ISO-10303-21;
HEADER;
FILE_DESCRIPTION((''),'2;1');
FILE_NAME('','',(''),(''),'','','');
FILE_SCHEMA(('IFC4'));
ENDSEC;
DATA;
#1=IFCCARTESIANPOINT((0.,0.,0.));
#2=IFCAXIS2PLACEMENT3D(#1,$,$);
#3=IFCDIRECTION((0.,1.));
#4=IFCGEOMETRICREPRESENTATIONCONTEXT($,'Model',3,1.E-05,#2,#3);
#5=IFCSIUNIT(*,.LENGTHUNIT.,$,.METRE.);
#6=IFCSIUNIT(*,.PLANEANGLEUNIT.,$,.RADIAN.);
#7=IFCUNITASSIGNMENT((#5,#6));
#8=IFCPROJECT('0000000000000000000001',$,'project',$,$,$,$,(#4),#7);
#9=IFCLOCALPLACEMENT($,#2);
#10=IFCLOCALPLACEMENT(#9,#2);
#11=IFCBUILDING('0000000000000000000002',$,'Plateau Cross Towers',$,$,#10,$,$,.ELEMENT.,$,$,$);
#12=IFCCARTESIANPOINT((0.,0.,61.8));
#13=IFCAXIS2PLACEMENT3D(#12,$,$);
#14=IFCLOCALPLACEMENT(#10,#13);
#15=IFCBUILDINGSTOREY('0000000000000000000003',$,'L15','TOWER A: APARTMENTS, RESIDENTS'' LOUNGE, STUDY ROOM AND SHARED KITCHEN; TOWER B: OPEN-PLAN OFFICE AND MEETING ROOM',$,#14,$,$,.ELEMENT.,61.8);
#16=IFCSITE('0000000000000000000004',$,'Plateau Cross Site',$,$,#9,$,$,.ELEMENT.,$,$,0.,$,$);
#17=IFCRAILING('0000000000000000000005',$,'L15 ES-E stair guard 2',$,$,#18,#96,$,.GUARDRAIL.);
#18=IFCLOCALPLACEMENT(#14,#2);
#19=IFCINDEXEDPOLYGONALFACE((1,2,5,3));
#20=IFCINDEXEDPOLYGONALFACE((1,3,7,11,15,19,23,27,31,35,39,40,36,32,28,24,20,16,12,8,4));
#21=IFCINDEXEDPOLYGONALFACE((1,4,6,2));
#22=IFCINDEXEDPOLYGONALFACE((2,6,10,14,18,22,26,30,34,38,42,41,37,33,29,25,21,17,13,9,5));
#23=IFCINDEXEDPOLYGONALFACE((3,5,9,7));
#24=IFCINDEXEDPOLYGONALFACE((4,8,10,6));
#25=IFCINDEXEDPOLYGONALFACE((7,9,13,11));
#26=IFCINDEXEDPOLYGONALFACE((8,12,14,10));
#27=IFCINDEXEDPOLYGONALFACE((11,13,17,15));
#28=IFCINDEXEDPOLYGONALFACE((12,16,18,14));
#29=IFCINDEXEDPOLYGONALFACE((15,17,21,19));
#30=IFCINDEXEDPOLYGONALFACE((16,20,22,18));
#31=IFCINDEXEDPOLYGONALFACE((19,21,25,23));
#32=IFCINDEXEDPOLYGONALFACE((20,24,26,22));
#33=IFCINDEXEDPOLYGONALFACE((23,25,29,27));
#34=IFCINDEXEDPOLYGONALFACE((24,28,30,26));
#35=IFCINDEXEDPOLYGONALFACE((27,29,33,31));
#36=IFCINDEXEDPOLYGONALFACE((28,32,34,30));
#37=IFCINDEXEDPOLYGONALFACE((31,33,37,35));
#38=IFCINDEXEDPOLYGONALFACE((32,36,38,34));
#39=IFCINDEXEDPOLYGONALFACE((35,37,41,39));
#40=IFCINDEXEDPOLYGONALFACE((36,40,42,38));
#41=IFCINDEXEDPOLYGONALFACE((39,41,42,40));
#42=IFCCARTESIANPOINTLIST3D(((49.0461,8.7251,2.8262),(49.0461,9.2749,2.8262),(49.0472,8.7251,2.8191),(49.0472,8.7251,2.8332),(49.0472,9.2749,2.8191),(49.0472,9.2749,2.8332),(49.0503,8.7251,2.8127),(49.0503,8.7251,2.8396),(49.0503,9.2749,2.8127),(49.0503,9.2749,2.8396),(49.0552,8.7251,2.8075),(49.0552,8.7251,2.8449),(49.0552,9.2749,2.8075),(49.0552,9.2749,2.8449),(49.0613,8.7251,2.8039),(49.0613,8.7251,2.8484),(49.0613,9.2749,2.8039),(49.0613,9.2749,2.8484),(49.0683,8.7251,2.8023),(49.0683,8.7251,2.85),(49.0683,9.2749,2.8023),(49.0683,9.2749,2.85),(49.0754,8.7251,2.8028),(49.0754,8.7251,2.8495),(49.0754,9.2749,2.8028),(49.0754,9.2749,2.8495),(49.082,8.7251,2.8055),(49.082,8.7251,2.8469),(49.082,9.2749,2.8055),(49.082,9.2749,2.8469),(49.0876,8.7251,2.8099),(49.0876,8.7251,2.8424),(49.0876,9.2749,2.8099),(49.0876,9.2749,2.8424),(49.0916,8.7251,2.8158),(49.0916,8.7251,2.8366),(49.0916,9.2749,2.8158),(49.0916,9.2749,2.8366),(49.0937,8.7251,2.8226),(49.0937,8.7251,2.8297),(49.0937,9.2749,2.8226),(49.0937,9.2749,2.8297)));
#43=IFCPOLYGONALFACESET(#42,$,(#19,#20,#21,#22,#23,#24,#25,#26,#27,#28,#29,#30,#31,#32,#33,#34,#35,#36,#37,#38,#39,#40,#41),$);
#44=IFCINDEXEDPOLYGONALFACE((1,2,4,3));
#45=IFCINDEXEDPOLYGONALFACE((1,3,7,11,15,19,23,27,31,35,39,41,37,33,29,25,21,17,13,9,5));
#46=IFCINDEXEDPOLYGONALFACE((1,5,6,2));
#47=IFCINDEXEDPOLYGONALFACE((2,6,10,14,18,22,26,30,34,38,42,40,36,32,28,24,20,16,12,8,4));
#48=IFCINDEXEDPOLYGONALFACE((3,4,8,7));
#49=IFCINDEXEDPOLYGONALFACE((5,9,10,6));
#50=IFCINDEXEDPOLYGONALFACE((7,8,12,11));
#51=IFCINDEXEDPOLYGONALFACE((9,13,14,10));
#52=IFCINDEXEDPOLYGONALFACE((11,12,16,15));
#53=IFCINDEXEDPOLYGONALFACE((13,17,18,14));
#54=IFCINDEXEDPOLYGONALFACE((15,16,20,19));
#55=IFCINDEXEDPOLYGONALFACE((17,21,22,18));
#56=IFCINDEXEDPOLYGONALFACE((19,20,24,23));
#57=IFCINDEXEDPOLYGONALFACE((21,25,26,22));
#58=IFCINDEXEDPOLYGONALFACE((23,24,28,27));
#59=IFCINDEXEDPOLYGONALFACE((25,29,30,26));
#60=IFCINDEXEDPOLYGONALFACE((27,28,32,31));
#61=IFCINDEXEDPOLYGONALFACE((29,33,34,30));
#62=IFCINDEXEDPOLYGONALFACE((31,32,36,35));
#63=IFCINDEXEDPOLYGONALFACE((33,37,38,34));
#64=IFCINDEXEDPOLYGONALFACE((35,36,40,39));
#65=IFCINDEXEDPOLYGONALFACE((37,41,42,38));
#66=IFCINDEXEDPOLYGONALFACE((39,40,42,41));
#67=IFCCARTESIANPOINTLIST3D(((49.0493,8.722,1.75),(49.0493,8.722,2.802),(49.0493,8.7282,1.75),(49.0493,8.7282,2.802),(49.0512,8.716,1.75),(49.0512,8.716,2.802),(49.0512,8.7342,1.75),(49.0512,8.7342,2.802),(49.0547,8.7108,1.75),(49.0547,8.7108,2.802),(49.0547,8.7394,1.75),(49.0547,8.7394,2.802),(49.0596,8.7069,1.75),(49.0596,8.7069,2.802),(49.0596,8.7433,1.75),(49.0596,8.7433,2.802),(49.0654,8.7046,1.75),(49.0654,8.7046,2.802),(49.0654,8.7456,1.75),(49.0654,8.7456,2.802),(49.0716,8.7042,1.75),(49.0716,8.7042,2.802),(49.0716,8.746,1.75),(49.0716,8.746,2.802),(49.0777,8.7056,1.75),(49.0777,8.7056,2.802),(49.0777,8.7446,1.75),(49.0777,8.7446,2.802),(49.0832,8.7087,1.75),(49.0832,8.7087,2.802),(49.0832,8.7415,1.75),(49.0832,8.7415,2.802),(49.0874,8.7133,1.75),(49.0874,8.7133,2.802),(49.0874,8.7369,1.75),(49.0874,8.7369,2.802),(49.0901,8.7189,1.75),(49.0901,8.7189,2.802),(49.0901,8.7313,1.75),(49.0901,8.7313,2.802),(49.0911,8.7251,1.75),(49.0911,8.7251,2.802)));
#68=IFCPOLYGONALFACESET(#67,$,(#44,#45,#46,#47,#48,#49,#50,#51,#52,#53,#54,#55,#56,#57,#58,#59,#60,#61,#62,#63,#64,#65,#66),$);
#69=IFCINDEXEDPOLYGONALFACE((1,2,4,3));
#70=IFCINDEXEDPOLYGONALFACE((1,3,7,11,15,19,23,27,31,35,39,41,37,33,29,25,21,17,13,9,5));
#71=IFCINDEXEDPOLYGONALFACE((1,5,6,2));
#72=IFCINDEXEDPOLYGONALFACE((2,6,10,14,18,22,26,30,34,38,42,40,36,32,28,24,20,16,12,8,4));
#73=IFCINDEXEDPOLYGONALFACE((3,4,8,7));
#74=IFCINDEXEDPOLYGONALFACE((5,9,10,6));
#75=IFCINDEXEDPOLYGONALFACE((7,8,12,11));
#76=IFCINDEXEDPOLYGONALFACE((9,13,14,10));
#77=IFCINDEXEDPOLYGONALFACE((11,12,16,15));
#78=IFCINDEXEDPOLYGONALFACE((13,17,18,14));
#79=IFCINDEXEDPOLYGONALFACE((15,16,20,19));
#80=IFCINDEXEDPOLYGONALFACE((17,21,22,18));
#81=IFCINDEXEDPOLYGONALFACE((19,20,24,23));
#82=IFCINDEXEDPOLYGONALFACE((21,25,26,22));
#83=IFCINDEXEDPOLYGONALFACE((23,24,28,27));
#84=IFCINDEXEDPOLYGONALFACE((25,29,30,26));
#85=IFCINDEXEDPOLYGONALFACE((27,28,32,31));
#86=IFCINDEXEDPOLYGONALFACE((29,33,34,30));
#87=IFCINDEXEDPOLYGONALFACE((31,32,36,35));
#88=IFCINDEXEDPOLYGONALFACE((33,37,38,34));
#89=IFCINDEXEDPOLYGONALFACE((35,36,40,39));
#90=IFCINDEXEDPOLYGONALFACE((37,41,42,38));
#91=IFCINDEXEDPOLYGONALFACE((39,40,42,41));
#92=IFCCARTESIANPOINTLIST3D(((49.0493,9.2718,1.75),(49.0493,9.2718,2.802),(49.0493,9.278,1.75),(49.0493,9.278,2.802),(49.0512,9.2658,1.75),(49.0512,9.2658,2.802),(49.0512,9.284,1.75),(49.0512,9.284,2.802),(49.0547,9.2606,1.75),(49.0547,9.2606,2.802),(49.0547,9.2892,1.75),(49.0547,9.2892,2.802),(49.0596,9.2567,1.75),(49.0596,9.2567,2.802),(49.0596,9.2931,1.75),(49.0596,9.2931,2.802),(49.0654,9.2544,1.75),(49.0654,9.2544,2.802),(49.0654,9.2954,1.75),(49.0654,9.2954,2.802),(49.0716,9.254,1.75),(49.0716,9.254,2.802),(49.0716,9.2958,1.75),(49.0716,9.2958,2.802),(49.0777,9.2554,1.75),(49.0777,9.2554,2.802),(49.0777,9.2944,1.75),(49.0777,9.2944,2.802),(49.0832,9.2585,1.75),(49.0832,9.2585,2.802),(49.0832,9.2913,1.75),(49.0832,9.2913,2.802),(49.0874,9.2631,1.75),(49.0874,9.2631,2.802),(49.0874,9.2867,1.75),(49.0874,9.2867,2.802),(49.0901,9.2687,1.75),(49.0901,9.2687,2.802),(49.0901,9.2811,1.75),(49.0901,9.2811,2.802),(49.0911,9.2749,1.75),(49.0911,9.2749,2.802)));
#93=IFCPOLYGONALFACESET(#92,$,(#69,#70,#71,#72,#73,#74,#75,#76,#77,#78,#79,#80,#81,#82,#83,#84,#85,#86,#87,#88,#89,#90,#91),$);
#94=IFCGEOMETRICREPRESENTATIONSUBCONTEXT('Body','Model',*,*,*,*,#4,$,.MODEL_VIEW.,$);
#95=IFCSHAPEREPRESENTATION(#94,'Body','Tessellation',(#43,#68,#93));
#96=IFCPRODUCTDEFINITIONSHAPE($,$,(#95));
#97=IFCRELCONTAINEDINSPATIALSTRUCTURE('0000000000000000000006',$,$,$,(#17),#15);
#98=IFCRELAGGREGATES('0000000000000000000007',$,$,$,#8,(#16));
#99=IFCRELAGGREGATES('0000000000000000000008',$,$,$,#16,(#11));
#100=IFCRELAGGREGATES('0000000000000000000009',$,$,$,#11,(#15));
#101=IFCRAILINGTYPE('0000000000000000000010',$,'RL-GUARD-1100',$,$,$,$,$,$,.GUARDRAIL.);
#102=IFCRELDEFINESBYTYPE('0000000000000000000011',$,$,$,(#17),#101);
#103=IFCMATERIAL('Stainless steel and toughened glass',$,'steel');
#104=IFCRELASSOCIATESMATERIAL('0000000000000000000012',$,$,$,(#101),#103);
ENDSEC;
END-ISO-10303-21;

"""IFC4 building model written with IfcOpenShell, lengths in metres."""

from ifc_helpers import new_model, si_unit, direction, frame, origin, origin_2d, place, context, subcontext, project, spatial, circle, extrude, material, type_object, element, save


model = new_model("IFC4")

# Units and contexts
model_context = context("Model", 3, precision=1e-05, world=origin(), true_north=direction((0.0, 1.0)))
body_context = subcontext(model_context, "Body", "Model", "MODEL_VIEW")
ifc_project = project(units=[si_unit("LENGTHUNIT", "METRE"), si_unit("PLANEANGLEUNIT", "RADIAN")], contexts=[model_context])

# Site, building, storey
site_placement = place(None, origin())
site = spatial("IfcSite", under=ifc_project, at=site_placement, Name="Plateau Cross Site", CompositionType="ELEMENT", RefElevation=0.0)
building_placement = place(site_placement, origin())
building = spatial("IfcBuilding", under=site, at=building_placement, Name="Plateau Cross Towers", CompositionType="ELEMENT")
storey_placement = place(building_placement, frame((0.0, 0.0, 61.8)))
storey = spatial("IfcBuildingStorey", under=building, at=storey_placement, Name="L15", Description="TOWER A: APARTMENTS, RESIDENTS' LOUNGE, STUDY ROOM AND SHARED KITCHEN; TOWER B: OPEN-PLAN OFFICE AND MEETING ROOM", CompositionType="ELEMENT", Elevation=61.8)

# Railing
ifc_material_1 = material(Name="Stainless steel and toughened glass", Category="steel")
railing_type_1 = type_object("IfcRailingType", Name="RL-GUARD-1100", PredefinedType="GUARDRAIL", material=ifc_material_1)
railing_1_placement = place(storey_placement, frame((49.0701, 8.7251, 1.75)))
element("IfcRailing", 1, at=railing_1_placement, inside=storey, type_object=railing_type_1, Name="L15 ES-E stair guard 2", PredefinedType="GUARDRAIL", context=body_context, shape_type="SweptSolid", body=[
    extrude(circle(Radius=0.0239, at=origin_2d()), frame((0.0, 0.0, 1.0762), z_axis=(0.0, 1.0, 0.0), x_axis=(-1.0, 0.0, 0.0)), (0.0, 0.0, 1.0), 0.5498),
    extrude(circle(Radius=0.021, at=origin_2d()), origin(), (0.0, 0.0, 1.0), 1.052),
    extrude(circle(Radius=0.021, at=origin_2d()), frame((0.0, 0.5498, 0.0)), (0.0, 0.0, 1.0), 1.052),
])

save(model, "model.ifc")
